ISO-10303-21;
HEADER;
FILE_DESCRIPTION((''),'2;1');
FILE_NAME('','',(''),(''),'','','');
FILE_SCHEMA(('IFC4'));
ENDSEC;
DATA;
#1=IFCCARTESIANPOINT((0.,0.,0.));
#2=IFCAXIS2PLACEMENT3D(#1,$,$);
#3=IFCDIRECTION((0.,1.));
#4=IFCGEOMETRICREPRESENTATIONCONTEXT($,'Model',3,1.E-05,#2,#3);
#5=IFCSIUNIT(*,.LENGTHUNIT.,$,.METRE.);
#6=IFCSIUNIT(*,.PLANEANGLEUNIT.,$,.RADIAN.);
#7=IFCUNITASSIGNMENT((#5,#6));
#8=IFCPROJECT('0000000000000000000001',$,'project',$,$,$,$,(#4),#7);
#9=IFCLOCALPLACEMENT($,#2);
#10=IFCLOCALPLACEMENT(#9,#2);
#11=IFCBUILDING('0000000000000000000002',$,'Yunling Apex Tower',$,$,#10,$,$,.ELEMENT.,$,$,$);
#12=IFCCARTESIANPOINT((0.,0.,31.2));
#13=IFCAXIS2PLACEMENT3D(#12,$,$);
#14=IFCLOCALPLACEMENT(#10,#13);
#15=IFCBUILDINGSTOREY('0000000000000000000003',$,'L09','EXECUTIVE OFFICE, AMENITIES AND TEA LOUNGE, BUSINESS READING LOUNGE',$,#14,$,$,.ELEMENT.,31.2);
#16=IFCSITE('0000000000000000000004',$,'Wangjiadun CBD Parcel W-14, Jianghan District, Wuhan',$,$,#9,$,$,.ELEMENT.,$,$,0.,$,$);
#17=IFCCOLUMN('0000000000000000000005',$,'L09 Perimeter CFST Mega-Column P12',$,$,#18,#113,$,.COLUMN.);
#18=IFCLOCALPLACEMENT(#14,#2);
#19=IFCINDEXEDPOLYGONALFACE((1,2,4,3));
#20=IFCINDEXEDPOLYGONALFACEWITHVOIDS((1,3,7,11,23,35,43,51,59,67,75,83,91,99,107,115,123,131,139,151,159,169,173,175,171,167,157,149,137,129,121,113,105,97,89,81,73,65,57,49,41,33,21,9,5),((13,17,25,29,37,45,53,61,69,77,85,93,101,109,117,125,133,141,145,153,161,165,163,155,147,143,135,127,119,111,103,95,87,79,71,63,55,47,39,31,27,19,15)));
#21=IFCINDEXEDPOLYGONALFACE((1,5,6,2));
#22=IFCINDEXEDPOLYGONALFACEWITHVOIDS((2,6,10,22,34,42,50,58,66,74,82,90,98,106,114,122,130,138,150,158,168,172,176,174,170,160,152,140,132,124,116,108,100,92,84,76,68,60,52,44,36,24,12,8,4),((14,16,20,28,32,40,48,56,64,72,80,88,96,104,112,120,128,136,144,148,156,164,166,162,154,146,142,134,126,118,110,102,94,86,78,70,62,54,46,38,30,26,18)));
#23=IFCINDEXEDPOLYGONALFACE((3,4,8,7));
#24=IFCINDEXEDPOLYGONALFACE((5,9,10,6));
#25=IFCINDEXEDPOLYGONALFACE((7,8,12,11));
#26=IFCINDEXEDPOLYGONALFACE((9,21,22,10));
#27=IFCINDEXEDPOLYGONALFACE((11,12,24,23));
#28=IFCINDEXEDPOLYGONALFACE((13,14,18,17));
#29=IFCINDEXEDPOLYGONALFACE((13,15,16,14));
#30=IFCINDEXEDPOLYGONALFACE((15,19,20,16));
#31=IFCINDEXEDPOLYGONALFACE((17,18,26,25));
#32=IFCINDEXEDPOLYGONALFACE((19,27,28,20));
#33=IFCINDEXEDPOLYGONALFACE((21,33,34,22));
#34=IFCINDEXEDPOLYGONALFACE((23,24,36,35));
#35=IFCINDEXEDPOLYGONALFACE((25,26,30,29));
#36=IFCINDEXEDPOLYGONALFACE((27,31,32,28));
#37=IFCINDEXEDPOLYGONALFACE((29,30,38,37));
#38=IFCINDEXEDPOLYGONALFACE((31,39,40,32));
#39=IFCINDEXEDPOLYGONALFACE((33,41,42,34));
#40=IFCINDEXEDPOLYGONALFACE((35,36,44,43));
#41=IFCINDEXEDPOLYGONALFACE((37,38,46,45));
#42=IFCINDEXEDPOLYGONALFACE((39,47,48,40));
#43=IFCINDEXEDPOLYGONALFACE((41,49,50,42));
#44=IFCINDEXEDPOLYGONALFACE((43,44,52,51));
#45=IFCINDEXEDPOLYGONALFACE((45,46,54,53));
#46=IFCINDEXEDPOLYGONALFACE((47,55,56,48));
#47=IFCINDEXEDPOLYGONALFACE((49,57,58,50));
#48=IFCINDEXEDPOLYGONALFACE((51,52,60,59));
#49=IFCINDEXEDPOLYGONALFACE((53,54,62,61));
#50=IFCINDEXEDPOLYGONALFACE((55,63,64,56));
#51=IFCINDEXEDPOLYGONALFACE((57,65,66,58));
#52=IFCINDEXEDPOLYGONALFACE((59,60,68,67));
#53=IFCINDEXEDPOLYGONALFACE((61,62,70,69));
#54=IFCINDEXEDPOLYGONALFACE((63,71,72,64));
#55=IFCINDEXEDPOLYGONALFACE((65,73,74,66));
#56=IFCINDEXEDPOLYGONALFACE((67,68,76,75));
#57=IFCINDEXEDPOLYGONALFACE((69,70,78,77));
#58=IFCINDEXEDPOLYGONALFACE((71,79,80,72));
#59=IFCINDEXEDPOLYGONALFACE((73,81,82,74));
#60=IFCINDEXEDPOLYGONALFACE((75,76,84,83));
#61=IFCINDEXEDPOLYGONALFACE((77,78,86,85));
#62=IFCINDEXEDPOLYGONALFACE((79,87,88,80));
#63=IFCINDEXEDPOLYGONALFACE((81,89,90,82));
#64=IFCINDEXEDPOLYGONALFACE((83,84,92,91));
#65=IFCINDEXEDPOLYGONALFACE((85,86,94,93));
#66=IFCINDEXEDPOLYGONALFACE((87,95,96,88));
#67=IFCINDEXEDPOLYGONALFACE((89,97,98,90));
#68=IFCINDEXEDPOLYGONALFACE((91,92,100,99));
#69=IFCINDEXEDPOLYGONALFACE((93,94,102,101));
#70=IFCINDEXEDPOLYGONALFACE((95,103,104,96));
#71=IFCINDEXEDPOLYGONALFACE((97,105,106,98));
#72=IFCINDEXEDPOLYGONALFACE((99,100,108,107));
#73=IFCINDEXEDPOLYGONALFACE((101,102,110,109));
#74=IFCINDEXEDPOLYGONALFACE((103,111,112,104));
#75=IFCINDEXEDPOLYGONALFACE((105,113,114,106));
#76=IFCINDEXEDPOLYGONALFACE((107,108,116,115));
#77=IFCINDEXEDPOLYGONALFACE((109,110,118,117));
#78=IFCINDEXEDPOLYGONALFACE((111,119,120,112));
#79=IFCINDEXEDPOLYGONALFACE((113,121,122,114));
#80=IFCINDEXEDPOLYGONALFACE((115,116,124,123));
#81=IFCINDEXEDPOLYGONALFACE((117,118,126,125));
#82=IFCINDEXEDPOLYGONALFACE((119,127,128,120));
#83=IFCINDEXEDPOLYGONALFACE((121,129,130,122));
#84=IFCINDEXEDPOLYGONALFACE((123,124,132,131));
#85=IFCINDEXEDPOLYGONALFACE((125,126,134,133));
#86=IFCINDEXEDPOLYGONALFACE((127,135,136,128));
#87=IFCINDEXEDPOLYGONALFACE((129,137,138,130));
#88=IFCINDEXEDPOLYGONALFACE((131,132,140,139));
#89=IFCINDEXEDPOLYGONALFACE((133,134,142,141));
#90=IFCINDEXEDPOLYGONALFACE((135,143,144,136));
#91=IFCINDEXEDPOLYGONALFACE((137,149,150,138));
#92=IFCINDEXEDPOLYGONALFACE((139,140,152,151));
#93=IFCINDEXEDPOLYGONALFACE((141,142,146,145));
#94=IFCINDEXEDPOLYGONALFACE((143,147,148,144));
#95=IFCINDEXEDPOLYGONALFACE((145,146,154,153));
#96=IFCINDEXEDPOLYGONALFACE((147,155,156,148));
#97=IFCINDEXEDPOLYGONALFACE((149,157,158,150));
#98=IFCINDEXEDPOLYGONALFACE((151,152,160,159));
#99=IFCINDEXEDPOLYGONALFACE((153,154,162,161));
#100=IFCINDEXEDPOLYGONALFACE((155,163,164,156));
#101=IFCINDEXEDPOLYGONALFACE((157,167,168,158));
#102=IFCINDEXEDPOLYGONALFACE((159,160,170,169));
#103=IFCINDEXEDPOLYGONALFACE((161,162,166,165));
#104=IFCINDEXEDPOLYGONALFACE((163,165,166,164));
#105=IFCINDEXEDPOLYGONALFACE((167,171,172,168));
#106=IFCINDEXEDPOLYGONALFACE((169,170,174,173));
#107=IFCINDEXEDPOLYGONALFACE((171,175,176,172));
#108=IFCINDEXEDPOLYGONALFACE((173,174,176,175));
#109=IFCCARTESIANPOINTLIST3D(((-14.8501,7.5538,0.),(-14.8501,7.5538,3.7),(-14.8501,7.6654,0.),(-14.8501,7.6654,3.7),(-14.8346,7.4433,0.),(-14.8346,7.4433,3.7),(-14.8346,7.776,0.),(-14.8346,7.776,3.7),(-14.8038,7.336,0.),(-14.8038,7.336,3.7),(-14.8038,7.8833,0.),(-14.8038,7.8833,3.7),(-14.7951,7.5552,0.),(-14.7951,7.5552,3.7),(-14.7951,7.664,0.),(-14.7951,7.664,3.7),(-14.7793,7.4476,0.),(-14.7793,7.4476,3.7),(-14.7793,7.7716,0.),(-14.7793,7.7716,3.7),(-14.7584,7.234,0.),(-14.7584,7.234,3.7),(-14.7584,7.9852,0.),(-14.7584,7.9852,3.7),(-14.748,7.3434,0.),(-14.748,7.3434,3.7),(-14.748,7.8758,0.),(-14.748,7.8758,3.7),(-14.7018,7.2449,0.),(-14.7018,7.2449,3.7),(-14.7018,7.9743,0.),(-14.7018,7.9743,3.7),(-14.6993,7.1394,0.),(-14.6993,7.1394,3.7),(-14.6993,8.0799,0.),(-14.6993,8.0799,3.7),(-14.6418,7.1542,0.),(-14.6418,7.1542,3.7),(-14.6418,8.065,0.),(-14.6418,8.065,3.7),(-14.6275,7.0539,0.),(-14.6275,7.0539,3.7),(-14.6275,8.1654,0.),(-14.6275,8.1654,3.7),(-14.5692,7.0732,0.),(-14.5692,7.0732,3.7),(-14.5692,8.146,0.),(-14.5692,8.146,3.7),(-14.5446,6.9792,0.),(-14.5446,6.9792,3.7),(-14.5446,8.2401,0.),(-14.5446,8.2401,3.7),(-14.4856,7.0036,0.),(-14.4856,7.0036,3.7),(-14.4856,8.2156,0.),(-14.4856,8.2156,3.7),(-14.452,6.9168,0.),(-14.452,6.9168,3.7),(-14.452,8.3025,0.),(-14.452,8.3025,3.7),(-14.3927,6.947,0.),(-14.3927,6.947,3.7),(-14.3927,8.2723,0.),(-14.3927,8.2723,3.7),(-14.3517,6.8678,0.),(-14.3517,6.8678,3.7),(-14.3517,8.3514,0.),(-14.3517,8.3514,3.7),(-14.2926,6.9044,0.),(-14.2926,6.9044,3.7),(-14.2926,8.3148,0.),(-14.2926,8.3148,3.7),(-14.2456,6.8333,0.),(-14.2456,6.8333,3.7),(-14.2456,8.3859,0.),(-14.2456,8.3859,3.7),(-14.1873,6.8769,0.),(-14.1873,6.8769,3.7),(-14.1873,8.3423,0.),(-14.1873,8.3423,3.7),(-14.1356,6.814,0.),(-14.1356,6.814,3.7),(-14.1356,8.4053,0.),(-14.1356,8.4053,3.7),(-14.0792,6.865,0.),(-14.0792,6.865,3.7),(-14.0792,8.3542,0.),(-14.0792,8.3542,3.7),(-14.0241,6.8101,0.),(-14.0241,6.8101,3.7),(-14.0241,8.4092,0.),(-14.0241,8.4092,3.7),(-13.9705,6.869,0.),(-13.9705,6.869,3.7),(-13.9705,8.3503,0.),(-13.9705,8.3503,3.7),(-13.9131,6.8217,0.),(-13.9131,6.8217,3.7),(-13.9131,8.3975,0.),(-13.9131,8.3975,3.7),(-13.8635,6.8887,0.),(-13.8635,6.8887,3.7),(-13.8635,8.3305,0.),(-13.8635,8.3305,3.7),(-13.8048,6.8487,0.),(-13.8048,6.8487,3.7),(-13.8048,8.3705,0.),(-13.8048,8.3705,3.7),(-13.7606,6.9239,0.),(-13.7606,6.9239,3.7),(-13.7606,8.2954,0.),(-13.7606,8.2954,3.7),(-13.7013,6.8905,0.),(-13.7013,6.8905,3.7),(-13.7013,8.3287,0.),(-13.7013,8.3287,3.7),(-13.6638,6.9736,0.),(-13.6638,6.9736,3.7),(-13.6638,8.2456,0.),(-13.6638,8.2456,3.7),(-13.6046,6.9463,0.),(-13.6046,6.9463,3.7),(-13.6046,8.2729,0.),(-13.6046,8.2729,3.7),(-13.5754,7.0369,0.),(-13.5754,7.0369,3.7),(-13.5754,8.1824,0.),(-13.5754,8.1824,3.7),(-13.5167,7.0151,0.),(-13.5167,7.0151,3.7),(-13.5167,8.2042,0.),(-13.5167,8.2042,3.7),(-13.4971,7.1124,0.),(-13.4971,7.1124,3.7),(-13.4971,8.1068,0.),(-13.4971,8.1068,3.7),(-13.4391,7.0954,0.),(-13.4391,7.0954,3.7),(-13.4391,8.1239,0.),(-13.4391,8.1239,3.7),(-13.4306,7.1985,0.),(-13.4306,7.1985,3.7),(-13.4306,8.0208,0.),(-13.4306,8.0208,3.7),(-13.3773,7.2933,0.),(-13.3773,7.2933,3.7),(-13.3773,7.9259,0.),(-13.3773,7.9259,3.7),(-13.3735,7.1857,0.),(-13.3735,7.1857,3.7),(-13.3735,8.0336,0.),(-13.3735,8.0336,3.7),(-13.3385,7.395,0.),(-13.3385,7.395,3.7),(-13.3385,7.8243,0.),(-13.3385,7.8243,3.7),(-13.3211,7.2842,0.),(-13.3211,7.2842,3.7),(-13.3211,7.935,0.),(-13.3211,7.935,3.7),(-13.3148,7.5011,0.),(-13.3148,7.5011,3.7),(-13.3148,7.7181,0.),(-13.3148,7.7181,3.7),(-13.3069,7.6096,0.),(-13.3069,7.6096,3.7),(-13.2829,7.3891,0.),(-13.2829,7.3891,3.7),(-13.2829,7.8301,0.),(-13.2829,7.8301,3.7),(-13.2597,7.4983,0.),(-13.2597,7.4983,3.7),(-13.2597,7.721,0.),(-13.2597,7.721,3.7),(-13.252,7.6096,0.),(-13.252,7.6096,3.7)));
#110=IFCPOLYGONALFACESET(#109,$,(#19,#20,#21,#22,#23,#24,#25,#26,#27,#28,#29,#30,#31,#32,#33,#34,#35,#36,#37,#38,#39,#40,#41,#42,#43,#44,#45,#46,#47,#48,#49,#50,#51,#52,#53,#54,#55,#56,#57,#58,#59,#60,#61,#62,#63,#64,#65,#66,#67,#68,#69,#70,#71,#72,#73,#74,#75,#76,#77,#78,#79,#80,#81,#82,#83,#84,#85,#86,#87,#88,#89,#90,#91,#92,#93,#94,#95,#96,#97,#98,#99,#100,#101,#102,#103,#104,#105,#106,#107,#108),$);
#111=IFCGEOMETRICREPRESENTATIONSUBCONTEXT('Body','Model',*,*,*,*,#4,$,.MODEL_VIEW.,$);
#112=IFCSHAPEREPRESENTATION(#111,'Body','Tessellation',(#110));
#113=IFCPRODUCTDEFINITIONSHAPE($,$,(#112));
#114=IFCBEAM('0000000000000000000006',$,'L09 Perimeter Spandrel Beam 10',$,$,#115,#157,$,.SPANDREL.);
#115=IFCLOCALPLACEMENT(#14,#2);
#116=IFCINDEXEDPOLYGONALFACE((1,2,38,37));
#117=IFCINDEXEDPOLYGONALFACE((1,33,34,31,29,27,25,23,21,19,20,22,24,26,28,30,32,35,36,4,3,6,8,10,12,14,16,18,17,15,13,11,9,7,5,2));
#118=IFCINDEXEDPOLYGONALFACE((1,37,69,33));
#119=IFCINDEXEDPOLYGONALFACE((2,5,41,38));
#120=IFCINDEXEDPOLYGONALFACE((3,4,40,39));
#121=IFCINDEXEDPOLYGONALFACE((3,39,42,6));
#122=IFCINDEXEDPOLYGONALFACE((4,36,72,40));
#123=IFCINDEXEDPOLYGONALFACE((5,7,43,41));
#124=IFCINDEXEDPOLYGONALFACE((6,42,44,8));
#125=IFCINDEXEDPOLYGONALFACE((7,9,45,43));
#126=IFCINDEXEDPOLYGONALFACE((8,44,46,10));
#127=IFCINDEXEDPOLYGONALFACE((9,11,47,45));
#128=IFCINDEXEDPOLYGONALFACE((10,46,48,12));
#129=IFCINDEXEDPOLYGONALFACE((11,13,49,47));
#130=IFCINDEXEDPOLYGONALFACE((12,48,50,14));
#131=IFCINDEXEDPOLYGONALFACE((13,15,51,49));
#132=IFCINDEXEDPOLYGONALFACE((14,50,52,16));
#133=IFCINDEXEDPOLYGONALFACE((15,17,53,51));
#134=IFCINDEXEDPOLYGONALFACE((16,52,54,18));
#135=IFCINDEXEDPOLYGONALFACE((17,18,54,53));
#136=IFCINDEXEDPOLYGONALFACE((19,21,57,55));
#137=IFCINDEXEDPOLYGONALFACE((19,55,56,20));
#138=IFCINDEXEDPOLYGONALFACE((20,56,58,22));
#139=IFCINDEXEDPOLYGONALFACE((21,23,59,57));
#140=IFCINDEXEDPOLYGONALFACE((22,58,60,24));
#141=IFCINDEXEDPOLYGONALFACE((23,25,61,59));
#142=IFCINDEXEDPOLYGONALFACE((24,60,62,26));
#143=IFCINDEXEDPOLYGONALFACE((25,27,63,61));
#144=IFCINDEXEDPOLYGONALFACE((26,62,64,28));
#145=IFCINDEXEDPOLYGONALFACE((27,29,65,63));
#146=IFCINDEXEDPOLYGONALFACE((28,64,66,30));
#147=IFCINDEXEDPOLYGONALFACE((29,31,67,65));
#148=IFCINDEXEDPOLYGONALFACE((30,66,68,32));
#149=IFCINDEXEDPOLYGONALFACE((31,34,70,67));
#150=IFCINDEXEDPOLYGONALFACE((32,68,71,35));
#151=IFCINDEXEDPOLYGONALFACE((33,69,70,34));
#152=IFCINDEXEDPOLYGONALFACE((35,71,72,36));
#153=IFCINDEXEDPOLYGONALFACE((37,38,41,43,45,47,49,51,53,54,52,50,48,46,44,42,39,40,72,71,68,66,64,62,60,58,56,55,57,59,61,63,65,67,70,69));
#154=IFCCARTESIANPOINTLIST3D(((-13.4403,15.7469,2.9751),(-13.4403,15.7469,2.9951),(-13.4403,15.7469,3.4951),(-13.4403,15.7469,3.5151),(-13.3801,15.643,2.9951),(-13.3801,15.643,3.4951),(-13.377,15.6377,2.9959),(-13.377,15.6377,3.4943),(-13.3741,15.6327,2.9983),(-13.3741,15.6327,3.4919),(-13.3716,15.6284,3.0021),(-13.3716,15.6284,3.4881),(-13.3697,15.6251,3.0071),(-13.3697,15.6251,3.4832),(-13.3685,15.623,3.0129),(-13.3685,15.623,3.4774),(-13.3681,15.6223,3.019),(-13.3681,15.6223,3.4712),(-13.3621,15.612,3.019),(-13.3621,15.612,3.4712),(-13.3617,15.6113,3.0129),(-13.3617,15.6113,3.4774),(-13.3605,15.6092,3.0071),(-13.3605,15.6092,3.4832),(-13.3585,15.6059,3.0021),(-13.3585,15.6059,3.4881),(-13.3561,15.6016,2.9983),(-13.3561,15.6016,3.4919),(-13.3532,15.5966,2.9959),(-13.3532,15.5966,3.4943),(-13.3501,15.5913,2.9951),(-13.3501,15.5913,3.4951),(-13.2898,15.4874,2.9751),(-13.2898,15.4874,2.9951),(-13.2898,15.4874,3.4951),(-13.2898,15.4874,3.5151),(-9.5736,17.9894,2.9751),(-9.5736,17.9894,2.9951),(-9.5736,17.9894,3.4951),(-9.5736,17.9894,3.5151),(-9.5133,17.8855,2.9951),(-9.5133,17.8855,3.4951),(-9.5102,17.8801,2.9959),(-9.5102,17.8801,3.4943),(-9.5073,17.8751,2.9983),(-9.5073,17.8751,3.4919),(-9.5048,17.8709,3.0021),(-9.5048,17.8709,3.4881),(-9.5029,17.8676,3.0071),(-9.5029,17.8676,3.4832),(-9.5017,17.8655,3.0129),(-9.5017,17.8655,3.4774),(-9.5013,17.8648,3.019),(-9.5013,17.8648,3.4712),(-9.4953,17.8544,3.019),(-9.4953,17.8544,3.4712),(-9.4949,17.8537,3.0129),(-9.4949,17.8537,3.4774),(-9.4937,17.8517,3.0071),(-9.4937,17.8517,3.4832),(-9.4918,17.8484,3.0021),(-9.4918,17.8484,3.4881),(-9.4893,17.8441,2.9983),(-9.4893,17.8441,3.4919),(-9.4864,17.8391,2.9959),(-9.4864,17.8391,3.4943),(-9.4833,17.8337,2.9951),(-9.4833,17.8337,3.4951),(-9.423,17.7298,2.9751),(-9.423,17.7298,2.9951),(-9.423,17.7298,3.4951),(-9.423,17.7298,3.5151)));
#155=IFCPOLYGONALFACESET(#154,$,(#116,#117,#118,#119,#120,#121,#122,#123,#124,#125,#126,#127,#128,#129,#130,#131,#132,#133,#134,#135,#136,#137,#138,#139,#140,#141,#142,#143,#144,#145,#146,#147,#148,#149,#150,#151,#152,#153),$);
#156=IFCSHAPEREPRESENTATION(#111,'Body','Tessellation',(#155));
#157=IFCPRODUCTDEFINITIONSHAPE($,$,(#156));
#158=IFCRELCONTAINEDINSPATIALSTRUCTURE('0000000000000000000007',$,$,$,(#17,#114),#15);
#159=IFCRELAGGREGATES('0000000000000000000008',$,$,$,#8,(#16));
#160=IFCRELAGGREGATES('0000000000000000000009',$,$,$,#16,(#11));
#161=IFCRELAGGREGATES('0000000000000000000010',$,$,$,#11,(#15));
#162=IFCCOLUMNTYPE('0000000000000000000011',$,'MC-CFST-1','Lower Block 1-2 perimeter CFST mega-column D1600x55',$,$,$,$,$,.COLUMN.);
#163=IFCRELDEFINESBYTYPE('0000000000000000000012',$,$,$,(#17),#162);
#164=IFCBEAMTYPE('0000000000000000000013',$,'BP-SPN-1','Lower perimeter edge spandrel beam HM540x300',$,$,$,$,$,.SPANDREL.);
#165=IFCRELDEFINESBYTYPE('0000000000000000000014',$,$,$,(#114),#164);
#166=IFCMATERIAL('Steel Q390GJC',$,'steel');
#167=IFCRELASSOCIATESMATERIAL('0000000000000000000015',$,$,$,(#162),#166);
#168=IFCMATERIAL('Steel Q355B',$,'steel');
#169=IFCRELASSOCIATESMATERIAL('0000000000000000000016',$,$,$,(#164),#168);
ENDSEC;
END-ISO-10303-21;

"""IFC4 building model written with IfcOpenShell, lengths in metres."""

from ifc_helpers import new_model, si_unit, direction, frame, origin, origin_2d, place, context, subcontext, project, spatial, hollow_circle, i_section, extrude, source, transform, mapped, material, material_profile, profile_set, type_object, element, save


model = new_model("IFC4")

# Units and contexts
model_context = context("Model", 3, precision=1e-05, world=origin(), true_north=direction((0.0, 1.0)))
body_context = subcontext(model_context, "Body", "Model", "MODEL_VIEW")
ifc_project = project(units=[si_unit("LENGTHUNIT", "METRE"), si_unit("PLANEANGLEUNIT", "RADIAN")], contexts=[model_context])

# Site, building, storey
site_placement = place(None, origin())
site = spatial("IfcSite", under=ifc_project, at=site_placement, Name="Wangjiadun CBD Parcel W-14, Jianghan District, Wuhan", CompositionType="ELEMENT", RefElevation=0.0)
building_placement = place(site_placement, origin())
building = spatial("IfcBuilding", under=site, at=building_placement, Name="Yunling Apex Tower", CompositionType="ELEMENT")
storey_placement = place(building_placement, frame((0.0, 0.0, 31.2)))
storey = spatial("IfcBuildingStorey", under=building, at=storey_placement, Name="L09", Description="EXECUTIVE OFFICE, AMENITIES AND TEA LOUNGE, BUSINESS READING LOUNGE", CompositionType="ELEMENT", Elevation=31.2)

# Column
ifc_material_1 = material(Name="Steel Q390GJC", Category="steel")
ifc_material_profile_1 = material_profile(ifc_material_1, hollow_circle(Radius=0.8, WallThickness=0.0549, at=origin_2d()))
ifc_profile_set_1 = profile_set([ifc_material_profile_1], Name="Steel Q390GJC")
column_type = type_object("IfcColumnType", Name="MC-CFST-1", Description="Lower Block 1-2 perimeter CFST mega-column D1600x55", PredefinedType="COLUMN", material=ifc_profile_set_1)
shared_shape_1 = source(origin(), body_context, "Body", "SweptSolid", [
    extrude(hollow_circle(Radius=0.8, WallThickness=0.0549, at=origin_2d()), origin(), (0.0, 0.0, 1.0), 3.7),
])
for number, where, z_axis, x_axis, name in (
    (1, (-14.052, 7.6096, 0.0), (0.0, 0.0, 1.0), (1.0, 0.0, 0.0), "L09 Perimeter CFST Mega-Column P12"),
):
    element("IfcColumn", number, at=place(storey_placement, frame(where, z_axis=z_axis, x_axis=x_axis)), inside=storey, type_object=column_type, Name=name, PredefinedType="COLUMN", context=body_context, shape_type="MappedRepresentation", body=[
        mapped(shared_shape_1, transform((0.0, 0.0, 0.0), scale=1.0)),
    ])

# Beam
ifc_material_2 = material(Name="Steel Q355B", Category="steel")
ifc_material_profile_2 = material_profile(ifc_material_2, i_section(OverallWidth=0.3, OverallDepth=0.54, WebThickness=0.012, FlangeThickness=0.02, FilletRadius=0.0239, at=origin_2d()))
ifc_profile_set_2 = profile_set([ifc_material_profile_2], Name="Steel Q355B")
beam_type_1 = type_object("IfcBeamType", Name="BP-SPN-1", Description="Lower perimeter edge spandrel beam HM540x300", PredefinedType="SPANDREL", material=ifc_profile_set_2)
shared_shape_2 = source(origin(), body_context, "Body", "SweptSolid", [
    extrude(i_section(OverallWidth=0.3, OverallDepth=0.54, WebThickness=0.012, FlangeThickness=0.02, FilletRadius=0.0239, at=origin_2d()), origin(), (0.0, 0.0, 1.0), 4.47),
])
beam_1_placement = place(storey_placement, frame((-9.4983, 17.8596, 3.2451), z_axis=(-0.865056, -0.501676, 0.0), x_axis=(0.501676, -0.865056, 0.0)))
element("IfcBeam", 2, at=beam_1_placement, inside=storey, type_object=beam_type_1, Name="L09 Perimeter Spandrel Beam 10", PredefinedType="SPANDREL", context=body_context, shape_type="MappedRepresentation", body=[
    mapped(shared_shape_2, transform((0.0, 0.0, 0.0), scale=1.0)),
])

save(model, "model.ifc")
